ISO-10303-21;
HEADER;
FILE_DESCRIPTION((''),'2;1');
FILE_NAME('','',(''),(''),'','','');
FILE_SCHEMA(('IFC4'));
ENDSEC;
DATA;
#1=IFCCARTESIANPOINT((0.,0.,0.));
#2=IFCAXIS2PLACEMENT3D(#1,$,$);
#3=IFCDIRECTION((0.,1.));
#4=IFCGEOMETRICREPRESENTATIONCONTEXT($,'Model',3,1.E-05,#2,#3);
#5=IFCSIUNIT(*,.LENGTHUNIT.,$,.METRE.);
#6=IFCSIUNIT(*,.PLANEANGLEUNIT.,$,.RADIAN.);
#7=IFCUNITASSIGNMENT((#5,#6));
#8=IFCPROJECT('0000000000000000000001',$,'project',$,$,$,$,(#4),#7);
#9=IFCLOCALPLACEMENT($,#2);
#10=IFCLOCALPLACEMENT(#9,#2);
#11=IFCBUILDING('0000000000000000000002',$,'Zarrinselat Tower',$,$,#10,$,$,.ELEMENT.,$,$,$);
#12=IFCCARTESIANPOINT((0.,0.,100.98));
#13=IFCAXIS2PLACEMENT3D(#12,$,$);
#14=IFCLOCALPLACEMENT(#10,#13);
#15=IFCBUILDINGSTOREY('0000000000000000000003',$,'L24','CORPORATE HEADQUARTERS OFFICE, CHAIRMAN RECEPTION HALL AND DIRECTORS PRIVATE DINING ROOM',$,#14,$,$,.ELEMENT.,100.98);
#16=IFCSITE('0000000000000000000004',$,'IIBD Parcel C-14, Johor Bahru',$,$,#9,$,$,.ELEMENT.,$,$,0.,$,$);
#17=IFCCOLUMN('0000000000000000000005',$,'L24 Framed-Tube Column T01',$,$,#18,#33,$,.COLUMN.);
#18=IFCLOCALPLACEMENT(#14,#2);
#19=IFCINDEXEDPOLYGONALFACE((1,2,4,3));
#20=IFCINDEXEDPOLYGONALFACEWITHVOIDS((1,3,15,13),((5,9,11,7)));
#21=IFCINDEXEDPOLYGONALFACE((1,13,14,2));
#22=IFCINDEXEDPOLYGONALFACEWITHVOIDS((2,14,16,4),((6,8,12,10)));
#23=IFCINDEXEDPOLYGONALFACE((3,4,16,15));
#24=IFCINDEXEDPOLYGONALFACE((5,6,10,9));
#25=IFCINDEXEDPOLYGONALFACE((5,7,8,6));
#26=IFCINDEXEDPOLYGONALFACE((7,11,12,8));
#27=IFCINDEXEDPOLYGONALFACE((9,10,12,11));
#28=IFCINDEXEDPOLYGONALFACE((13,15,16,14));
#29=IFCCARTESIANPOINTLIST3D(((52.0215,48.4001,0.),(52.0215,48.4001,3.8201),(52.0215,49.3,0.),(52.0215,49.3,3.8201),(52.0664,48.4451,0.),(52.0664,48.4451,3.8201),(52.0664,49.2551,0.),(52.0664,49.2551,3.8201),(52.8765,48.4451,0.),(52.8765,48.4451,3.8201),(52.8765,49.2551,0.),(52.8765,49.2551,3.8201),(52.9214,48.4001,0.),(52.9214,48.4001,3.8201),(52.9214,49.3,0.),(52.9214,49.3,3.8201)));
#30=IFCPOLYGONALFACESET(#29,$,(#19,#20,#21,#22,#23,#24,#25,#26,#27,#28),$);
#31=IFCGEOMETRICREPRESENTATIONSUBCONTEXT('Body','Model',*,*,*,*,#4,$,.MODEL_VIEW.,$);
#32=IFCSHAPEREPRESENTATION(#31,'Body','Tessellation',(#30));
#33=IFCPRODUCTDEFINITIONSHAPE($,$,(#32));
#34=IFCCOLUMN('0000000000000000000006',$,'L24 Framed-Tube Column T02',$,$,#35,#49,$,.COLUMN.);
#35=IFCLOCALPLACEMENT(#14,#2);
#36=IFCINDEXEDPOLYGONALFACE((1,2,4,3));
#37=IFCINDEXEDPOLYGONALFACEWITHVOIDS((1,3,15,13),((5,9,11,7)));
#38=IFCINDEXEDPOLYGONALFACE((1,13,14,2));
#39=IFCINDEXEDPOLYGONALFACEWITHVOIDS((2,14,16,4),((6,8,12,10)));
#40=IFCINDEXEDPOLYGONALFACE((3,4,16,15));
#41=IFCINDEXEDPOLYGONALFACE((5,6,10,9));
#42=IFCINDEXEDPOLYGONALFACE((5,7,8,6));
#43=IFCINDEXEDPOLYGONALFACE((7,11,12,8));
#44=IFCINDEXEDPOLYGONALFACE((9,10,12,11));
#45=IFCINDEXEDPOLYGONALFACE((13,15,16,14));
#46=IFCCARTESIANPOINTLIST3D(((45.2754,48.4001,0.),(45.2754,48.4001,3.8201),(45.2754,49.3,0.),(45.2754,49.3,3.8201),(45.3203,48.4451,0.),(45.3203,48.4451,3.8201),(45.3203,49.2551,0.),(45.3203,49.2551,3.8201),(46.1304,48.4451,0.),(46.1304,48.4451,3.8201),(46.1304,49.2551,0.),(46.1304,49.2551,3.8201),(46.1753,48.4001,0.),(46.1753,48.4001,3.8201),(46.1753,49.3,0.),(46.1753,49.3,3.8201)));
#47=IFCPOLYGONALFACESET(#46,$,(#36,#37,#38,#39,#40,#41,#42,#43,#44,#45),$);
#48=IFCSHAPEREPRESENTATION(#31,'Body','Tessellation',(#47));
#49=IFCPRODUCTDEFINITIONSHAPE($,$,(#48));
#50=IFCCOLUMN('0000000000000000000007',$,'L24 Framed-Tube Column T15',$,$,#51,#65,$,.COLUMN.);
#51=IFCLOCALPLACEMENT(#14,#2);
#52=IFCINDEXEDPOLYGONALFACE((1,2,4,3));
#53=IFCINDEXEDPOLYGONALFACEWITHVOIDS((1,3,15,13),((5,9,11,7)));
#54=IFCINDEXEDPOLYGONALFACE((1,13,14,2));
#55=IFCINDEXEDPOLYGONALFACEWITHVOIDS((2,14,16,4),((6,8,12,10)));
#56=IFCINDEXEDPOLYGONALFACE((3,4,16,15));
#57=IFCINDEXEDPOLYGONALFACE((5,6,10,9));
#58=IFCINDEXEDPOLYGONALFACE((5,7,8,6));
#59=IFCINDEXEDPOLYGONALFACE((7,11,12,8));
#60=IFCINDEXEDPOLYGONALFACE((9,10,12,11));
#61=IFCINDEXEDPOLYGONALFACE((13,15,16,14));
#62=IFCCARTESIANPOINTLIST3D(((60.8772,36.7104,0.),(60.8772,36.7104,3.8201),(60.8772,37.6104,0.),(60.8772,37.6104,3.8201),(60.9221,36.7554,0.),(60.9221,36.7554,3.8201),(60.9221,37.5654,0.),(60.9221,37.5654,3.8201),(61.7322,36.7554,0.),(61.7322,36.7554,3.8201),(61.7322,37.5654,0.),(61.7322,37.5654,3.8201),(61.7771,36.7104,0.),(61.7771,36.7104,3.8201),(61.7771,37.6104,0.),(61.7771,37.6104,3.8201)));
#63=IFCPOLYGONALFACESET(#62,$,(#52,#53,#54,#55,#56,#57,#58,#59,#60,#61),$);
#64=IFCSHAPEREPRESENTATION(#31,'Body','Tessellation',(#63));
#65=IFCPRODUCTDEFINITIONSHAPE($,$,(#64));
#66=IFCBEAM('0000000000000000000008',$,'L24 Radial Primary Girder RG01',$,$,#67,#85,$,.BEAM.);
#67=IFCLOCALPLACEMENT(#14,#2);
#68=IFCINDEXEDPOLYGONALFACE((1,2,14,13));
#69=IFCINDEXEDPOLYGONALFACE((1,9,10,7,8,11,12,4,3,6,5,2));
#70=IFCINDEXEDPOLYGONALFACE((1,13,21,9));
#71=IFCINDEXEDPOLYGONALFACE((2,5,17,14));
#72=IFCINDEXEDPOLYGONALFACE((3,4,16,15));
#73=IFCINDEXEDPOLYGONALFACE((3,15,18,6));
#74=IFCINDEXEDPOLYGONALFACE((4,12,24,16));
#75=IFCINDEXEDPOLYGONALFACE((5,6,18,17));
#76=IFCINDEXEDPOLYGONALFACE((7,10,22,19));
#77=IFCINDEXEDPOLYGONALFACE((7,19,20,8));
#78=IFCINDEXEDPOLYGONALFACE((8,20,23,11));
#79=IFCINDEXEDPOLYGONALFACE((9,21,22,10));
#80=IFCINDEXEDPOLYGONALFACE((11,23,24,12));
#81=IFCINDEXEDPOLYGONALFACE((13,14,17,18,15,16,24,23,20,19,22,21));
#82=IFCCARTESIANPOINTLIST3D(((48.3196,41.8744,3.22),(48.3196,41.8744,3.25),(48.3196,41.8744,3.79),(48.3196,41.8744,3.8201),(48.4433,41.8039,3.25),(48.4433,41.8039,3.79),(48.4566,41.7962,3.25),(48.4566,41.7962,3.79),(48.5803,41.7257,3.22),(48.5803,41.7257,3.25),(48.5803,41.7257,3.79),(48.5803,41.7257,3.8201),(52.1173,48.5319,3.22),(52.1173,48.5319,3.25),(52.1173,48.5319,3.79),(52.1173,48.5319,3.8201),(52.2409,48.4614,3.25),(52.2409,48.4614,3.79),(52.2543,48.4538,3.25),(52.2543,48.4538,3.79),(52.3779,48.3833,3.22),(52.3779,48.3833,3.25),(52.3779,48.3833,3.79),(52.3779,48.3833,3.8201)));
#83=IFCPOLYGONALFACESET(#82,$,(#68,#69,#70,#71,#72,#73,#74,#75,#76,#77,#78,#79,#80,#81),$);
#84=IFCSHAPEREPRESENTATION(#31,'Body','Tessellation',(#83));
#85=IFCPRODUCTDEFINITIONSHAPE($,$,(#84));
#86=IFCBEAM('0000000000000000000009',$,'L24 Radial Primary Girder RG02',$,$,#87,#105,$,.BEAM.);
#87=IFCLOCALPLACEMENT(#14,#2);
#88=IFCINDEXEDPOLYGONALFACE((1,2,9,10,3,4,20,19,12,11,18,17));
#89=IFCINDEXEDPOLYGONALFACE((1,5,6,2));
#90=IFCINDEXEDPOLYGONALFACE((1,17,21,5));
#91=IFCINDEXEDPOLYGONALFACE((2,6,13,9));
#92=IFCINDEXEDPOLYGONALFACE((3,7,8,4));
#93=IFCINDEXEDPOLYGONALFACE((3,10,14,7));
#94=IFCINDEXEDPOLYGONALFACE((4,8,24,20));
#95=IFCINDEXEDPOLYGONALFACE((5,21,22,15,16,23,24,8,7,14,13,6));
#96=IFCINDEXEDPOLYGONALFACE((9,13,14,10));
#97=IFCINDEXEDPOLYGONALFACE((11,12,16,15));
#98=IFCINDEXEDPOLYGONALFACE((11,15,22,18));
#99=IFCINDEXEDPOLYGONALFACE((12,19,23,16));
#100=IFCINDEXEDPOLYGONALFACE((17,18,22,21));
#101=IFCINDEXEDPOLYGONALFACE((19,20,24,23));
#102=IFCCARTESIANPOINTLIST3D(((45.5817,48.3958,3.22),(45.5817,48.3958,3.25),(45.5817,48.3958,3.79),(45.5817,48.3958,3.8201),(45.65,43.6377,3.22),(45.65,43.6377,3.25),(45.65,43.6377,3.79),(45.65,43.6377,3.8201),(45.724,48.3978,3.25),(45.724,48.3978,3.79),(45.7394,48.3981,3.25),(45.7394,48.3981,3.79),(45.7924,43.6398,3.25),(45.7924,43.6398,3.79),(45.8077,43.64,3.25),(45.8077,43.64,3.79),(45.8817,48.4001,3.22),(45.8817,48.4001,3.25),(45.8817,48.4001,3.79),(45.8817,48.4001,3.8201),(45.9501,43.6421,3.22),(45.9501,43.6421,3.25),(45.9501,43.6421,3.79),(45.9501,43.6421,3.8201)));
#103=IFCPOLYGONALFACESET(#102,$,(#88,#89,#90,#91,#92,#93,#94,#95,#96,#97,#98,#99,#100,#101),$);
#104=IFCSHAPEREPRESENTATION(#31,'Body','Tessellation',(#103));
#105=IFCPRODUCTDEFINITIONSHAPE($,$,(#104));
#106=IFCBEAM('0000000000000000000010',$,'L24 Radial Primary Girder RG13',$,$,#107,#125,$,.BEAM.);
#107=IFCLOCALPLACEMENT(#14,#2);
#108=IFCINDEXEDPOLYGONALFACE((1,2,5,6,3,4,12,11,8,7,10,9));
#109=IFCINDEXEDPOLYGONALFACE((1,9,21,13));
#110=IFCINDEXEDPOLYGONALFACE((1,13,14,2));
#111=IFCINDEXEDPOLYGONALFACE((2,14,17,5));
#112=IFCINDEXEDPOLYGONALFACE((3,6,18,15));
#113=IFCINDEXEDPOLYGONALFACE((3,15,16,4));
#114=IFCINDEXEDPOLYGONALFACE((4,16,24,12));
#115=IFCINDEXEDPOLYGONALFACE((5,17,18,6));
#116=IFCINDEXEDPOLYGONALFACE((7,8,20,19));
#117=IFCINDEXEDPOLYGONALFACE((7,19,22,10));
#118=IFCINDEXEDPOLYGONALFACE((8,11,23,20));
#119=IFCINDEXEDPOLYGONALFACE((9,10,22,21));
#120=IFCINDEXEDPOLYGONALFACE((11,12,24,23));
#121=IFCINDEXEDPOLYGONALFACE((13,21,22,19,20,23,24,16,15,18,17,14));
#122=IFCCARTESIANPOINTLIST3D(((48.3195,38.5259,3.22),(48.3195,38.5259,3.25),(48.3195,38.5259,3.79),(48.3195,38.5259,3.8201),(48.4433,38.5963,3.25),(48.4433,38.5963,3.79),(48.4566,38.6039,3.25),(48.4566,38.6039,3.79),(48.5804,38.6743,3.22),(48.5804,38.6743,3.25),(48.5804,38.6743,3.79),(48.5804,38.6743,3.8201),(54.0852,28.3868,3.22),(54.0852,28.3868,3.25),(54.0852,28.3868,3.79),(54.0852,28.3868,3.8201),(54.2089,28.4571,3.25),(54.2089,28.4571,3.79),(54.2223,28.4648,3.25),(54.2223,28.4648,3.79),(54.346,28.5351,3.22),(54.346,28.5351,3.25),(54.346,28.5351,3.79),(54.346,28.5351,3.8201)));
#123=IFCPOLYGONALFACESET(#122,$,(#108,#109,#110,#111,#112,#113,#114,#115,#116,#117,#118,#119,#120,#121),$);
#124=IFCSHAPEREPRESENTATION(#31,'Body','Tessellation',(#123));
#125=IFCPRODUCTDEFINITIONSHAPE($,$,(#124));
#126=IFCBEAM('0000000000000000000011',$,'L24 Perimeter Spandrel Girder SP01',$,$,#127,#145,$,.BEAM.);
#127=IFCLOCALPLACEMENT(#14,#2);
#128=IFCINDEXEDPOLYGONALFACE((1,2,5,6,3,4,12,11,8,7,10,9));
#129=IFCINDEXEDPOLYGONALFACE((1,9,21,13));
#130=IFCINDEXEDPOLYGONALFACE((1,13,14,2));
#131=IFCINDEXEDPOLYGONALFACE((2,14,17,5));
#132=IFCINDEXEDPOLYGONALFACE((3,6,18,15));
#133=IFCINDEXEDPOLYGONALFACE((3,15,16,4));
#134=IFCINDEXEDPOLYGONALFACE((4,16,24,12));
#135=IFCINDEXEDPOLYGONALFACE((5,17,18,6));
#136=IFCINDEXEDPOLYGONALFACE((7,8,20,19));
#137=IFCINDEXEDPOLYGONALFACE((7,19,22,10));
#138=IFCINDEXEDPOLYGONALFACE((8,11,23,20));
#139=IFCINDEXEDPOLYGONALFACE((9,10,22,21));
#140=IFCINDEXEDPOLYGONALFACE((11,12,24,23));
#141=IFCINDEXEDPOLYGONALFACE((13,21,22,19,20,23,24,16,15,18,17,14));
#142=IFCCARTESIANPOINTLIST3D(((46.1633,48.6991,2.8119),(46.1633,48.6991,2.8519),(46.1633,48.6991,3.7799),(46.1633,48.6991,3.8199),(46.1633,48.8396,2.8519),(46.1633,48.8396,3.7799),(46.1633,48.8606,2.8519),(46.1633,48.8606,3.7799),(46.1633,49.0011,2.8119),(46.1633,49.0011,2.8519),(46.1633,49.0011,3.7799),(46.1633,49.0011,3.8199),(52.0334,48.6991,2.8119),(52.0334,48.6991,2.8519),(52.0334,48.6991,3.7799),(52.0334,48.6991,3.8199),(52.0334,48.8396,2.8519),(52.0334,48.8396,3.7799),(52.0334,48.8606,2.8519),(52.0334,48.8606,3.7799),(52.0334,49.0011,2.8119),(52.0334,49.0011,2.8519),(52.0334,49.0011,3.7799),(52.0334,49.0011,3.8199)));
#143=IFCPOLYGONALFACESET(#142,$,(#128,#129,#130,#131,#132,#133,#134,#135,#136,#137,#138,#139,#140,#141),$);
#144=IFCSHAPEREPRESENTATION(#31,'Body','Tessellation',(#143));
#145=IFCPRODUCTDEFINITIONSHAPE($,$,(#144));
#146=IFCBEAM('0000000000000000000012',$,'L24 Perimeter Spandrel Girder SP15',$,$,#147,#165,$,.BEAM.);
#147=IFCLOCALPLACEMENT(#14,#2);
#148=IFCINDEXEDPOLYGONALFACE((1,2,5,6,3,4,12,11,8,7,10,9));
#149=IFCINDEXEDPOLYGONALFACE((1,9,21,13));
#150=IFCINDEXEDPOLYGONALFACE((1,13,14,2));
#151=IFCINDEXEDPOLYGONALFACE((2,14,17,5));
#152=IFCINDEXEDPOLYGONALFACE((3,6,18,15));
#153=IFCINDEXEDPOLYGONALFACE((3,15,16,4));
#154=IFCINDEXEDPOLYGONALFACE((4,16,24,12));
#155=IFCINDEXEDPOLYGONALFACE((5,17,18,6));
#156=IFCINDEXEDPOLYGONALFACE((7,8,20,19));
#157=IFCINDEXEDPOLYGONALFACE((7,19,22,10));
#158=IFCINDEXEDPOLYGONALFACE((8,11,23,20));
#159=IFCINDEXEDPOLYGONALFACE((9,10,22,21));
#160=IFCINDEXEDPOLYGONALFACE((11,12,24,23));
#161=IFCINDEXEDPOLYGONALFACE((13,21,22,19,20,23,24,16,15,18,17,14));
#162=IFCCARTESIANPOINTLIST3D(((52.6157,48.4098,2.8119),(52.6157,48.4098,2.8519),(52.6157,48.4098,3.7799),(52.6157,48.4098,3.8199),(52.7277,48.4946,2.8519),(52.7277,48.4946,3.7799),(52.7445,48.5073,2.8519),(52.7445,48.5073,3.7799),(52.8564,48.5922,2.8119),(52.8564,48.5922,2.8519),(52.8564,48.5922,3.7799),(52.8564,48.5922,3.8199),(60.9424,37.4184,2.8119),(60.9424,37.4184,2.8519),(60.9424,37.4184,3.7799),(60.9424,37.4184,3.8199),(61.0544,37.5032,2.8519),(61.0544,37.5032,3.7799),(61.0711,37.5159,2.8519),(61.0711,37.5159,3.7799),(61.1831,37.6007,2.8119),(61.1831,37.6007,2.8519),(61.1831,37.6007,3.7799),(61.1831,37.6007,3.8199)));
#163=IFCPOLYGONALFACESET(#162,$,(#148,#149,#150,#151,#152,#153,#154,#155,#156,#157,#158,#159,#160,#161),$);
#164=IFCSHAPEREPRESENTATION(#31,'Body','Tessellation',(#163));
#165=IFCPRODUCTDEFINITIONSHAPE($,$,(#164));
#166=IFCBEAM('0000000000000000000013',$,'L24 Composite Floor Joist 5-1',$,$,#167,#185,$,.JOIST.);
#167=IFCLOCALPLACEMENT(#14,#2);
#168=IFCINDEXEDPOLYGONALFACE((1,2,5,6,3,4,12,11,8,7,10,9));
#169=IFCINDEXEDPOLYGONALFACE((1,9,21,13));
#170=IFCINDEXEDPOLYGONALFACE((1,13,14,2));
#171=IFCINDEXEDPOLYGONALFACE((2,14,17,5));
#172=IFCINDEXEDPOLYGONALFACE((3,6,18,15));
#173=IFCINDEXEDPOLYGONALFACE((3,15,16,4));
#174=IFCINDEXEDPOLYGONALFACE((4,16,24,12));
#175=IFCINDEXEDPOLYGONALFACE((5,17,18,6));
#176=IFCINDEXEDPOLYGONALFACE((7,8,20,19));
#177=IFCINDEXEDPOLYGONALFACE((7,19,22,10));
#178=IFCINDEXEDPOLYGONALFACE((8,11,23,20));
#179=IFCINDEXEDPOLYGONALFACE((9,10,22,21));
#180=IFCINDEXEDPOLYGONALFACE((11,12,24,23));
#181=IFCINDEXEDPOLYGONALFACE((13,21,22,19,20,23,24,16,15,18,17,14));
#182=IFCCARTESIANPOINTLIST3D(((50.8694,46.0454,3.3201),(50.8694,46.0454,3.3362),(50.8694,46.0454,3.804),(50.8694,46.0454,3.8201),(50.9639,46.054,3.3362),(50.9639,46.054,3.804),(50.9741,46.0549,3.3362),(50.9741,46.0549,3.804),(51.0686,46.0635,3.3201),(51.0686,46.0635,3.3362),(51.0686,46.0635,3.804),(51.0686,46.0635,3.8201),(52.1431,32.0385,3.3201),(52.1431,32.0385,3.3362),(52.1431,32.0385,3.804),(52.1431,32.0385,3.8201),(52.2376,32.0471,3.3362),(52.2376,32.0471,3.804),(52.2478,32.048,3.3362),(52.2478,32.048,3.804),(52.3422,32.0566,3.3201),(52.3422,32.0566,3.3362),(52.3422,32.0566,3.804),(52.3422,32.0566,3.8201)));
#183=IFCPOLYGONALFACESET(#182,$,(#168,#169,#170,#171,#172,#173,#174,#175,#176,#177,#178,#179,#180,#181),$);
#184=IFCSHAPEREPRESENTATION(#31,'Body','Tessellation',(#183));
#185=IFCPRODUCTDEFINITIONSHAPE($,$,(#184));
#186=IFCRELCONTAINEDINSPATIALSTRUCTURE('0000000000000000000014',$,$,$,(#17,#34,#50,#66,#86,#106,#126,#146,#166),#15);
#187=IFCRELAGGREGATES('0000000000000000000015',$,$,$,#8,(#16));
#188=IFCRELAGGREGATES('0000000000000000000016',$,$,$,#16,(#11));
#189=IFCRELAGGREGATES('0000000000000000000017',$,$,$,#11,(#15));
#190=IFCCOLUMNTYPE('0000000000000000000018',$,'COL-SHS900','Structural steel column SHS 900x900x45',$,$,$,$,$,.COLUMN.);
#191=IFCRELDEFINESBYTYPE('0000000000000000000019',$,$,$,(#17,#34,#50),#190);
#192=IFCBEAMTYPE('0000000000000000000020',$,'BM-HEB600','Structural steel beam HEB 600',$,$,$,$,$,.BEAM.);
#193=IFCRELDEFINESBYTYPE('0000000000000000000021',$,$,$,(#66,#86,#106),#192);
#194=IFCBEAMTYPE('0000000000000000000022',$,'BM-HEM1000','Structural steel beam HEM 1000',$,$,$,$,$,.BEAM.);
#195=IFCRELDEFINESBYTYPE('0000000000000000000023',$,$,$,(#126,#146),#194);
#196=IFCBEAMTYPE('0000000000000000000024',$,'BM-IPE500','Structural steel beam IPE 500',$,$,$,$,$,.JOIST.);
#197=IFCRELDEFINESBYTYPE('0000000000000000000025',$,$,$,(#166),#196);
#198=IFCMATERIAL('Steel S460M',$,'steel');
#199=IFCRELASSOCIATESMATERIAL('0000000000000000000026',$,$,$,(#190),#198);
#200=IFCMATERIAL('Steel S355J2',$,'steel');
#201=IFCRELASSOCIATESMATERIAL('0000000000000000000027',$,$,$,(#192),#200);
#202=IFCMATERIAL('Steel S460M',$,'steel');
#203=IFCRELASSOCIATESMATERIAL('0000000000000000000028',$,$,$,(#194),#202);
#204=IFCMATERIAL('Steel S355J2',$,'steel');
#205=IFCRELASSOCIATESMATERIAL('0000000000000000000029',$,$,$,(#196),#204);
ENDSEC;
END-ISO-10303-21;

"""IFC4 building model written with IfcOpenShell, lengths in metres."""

from ifc_helpers import new_model, si_unit, direction, frame, origin, origin_2d, place, context, subcontext, project, spatial, hollow_rectangle, i_section, extrude, material, material_profile, profile_set, type_object, element, save


model = new_model("IFC4")

# Units and contexts
model_context = context("Model", 3, precision=1e-05, world=origin(), true_north=direction((0.0, 1.0)))
body_context = subcontext(model_context, "Body", "Model", "MODEL_VIEW")
ifc_project = project(units=[si_unit("LENGTHUNIT", "METRE"), si_unit("PLANEANGLEUNIT", "RADIAN")], contexts=[model_context])

# Site, building, storey
site_placement = place(None, origin())
site = spatial("IfcSite", under=ifc_project, at=site_placement, Name="IIBD Parcel C-14, Johor Bahru", CompositionType="ELEMENT", RefElevation=0.0)
building_placement = place(site_placement, origin())
building = spatial("IfcBuilding", under=site, at=building_placement, Name="Zarrinselat Tower", CompositionType="ELEMENT")
storey_placement = place(building_placement, frame((0.0, 0.0, 100.98)))
storey = spatial("IfcBuildingStorey", under=building, at=storey_placement, Name="L24", Description="CORPORATE HEADQUARTERS OFFICE, CHAIRMAN RECEPTION HALL AND DIRECTORS PRIVATE DINING ROOM", CompositionType="ELEMENT", Elevation=100.98)

# Columns
ifc_material_1 = material(Name="Steel S460M", Category="steel")
ifc_material_profile_1 = material_profile(ifc_material_1, hollow_rectangle(XDim=0.8999, YDim=0.8999, WallThickness=0.0449, at=origin_2d()), Name="SHS 900x900x45")
ifc_profile_set_1 = profile_set([ifc_material_profile_1], Name="Steel S460M")
column_type = type_object("IfcColumnType", Name="COL-SHS900", Description="Structural steel column SHS 900x900x45", PredefinedType="COLUMN", material=ifc_profile_set_1)
for number, where, z_axis, x_axis, name in (
    (1, (52.4714, 48.8501, 0.0), (0.0, 0.0, 1.0), (1.0, 0.0, 0.0), "L24 Framed-Tube Column T01"),
    (2, (45.7253, 48.8501, 0.0), (0.0, 0.0, 1.0), (1.0, 0.0, 0.0), "L24 Framed-Tube Column T02"),
    (3, (61.3271, 37.1604, 0.0), (0.0, 0.0, 1.0), (1.0, 0.0, 0.0), "L24 Framed-Tube Column T15"),
):
    element("IfcColumn", number, at=place(storey_placement, frame(where, z_axis=z_axis, x_axis=x_axis)), inside=storey, type_object=column_type, Name=name, PredefinedType="COLUMN", context=body_context, shape_type="SweptSolid", body=[
        extrude(hollow_rectangle(XDim=0.8999, YDim=0.8999, WallThickness=0.0449, at=origin_2d()), origin(), (0.0, 0.0, 1.0), 3.8201),
    ])

# Beams
ifc_material_2 = material(Name="Steel S355J2", Category="steel")
ifc_material_profile_2 = material_profile(ifc_material_2, i_section(OverallWidth=0.3, OverallDepth=0.6001, WebThickness=0.0154, FlangeThickness=0.03, at=origin_2d()), Name="HEB 600")
ifc_profile_set_2 = profile_set([ifc_material_profile_2], Name="Steel S355J2")
beam_type_1 = type_object("IfcBeamType", Name="BM-HEB600", Description="Structural steel beam HEB 600", PredefinedType="BEAM", material=ifc_profile_set_2)
beam_1_placement = place(storey_placement, frame((48.45, 41.8, 3.52), z_axis=(0.495484, 0.868617, 0.0), x_axis=(-0.868617, 0.495484, 0.0)))
element("IfcBeam", 4, at=beam_1_placement, inside=storey, type_object=beam_type_1, Name="L24 Radial Primary Girder RG01", PredefinedType="BEAM", context=body_context, shape_type="SweptSolid", body=[
    extrude(i_section(OverallWidth=0.3, OverallDepth=0.6001, WebThickness=0.0154, FlangeThickness=0.03, at=origin_2d()), origin(), (0.0, 0.0, 1.0), 7.6646),
])
beam_2_placement = place(storey_placement, frame((45.7317, 48.3979, 3.52), z_axis=(0.014366, -0.999897, 0.0), x_axis=(0.999897, 0.014366, 0.0)))
element("IfcBeam", 5, at=beam_2_placement, inside=storey, type_object=beam_type_1, Name="L24 Radial Primary Girder RG02", PredefinedType="BEAM", context=body_context, shape_type="SweptSolid", body=[
    extrude(i_section(OverallWidth=0.3, OverallDepth=0.6001, WebThickness=0.0154, FlangeThickness=0.03, at=origin_2d()), origin(), (0.0, 0.0, 1.0), 4.7585),
])
beam_3_placement = place(storey_placement, frame((48.45, 38.6001, 3.52), z_axis=(0.494316, -0.869282, 0.0), x_axis=(0.869282, 0.494316, 0.0)))
element("IfcBeam", 6, at=beam_3_placement, inside=storey, type_object=beam_type_1, Name="L24 Radial Primary Girder RG13", PredefinedType="BEAM", context=body_context, shape_type="SweptSolid", body=[
    extrude(i_section(OverallWidth=0.3, OverallDepth=0.6001, WebThickness=0.0154, FlangeThickness=0.03, at=origin_2d()), origin(), (0.0, 0.0, 1.0), 11.6638),
])
ifc_material_3 = material(Name="Steel S460M", Category="steel")
ifc_material_profile_3 = material_profile(ifc_material_3, i_section(OverallWidth=0.302, OverallDepth=1.0081, WebThickness=0.021, FlangeThickness=0.04, at=origin_2d()), Name="HEM 1000")
ifc_profile_set_3 = profile_set([ifc_material_profile_3], Name="Steel S460M")
beam_type_2 = type_object("IfcBeamType", Name="BM-HEM1000", Description="Structural steel beam HEM 1000", PredefinedType="BEAM", material=ifc_profile_set_3)
beam_4_placement = place(storey_placement, frame((46.1633, 48.8501, 3.3159), z_axis=(1.0, 0.0, 0.0), x_axis=(0.0, 1.0, 0.0)))
element("IfcBeam", 7, at=beam_4_placement, inside=storey, type_object=beam_type_2, Name="L24 Perimeter Spandrel Girder SP01", PredefinedType="BEAM", context=body_context, shape_type="SweptSolid", body=[
    extrude(i_section(OverallWidth=0.302, OverallDepth=1.0081, WebThickness=0.021, FlangeThickness=0.04, at=origin_2d()), origin(), (0.0, 0.0, 1.0), 5.8701),
])
beam_5_placement = place(storey_placement, frame((52.7361, 48.501, 3.3159), z_axis=(0.603848, -0.797099, 0.0), x_axis=(0.797099, 0.603848, 0.0)))
element("IfcBeam", 8, at=beam_5_placement, inside=storey, type_object=beam_type_2, Name="L24 Perimeter Spandrel Girder SP15", PredefinedType="BEAM", context=body_context, shape_type="SweptSolid", body=[
    extrude(i_section(OverallWidth=0.302, OverallDepth=1.0081, WebThickness=0.021, FlangeThickness=0.04, at=origin_2d()), origin(), (0.0, 0.0, 1.0), 13.7893),
])
ifc_material_4 = material(Name="Steel S355J2", Category="steel")
ifc_material_profile_4 = material_profile(ifc_material_4, i_section(OverallWidth=0.2, OverallDepth=0.5, WebThickness=0.0103, FlangeThickness=0.0161, at=origin_2d()), Name="IPE 500")
ifc_profile_set_4 = profile_set([ifc_material_profile_4], Name="Steel S355J2")
beam_type_3 = type_object("IfcBeamType", Name="BM-IPE500", Description="Structural steel beam IPE 500", PredefinedType="JOIST", material=ifc_profile_set_4)
beam_6_placement = place(storey_placement, frame((50.969, 46.0544, 3.5701), z_axis=(0.090559, -0.995891, 0.0), x_axis=(0.995891, 0.090559, 0.0)))
element("IfcBeam", 9, at=beam_6_placement, inside=storey, type_object=beam_type_3, Name="L24 Composite Floor Joist 5-1", PredefinedType="JOIST", context=body_context, shape_type="SweptSolid", body=[
    extrude(i_section(OverallWidth=0.2, OverallDepth=0.5, WebThickness=0.0103, FlangeThickness=0.0161, at=origin_2d()), origin(), (0.0, 0.0, 1.0), 14.0647),
])

save(model, "model.ifc")
